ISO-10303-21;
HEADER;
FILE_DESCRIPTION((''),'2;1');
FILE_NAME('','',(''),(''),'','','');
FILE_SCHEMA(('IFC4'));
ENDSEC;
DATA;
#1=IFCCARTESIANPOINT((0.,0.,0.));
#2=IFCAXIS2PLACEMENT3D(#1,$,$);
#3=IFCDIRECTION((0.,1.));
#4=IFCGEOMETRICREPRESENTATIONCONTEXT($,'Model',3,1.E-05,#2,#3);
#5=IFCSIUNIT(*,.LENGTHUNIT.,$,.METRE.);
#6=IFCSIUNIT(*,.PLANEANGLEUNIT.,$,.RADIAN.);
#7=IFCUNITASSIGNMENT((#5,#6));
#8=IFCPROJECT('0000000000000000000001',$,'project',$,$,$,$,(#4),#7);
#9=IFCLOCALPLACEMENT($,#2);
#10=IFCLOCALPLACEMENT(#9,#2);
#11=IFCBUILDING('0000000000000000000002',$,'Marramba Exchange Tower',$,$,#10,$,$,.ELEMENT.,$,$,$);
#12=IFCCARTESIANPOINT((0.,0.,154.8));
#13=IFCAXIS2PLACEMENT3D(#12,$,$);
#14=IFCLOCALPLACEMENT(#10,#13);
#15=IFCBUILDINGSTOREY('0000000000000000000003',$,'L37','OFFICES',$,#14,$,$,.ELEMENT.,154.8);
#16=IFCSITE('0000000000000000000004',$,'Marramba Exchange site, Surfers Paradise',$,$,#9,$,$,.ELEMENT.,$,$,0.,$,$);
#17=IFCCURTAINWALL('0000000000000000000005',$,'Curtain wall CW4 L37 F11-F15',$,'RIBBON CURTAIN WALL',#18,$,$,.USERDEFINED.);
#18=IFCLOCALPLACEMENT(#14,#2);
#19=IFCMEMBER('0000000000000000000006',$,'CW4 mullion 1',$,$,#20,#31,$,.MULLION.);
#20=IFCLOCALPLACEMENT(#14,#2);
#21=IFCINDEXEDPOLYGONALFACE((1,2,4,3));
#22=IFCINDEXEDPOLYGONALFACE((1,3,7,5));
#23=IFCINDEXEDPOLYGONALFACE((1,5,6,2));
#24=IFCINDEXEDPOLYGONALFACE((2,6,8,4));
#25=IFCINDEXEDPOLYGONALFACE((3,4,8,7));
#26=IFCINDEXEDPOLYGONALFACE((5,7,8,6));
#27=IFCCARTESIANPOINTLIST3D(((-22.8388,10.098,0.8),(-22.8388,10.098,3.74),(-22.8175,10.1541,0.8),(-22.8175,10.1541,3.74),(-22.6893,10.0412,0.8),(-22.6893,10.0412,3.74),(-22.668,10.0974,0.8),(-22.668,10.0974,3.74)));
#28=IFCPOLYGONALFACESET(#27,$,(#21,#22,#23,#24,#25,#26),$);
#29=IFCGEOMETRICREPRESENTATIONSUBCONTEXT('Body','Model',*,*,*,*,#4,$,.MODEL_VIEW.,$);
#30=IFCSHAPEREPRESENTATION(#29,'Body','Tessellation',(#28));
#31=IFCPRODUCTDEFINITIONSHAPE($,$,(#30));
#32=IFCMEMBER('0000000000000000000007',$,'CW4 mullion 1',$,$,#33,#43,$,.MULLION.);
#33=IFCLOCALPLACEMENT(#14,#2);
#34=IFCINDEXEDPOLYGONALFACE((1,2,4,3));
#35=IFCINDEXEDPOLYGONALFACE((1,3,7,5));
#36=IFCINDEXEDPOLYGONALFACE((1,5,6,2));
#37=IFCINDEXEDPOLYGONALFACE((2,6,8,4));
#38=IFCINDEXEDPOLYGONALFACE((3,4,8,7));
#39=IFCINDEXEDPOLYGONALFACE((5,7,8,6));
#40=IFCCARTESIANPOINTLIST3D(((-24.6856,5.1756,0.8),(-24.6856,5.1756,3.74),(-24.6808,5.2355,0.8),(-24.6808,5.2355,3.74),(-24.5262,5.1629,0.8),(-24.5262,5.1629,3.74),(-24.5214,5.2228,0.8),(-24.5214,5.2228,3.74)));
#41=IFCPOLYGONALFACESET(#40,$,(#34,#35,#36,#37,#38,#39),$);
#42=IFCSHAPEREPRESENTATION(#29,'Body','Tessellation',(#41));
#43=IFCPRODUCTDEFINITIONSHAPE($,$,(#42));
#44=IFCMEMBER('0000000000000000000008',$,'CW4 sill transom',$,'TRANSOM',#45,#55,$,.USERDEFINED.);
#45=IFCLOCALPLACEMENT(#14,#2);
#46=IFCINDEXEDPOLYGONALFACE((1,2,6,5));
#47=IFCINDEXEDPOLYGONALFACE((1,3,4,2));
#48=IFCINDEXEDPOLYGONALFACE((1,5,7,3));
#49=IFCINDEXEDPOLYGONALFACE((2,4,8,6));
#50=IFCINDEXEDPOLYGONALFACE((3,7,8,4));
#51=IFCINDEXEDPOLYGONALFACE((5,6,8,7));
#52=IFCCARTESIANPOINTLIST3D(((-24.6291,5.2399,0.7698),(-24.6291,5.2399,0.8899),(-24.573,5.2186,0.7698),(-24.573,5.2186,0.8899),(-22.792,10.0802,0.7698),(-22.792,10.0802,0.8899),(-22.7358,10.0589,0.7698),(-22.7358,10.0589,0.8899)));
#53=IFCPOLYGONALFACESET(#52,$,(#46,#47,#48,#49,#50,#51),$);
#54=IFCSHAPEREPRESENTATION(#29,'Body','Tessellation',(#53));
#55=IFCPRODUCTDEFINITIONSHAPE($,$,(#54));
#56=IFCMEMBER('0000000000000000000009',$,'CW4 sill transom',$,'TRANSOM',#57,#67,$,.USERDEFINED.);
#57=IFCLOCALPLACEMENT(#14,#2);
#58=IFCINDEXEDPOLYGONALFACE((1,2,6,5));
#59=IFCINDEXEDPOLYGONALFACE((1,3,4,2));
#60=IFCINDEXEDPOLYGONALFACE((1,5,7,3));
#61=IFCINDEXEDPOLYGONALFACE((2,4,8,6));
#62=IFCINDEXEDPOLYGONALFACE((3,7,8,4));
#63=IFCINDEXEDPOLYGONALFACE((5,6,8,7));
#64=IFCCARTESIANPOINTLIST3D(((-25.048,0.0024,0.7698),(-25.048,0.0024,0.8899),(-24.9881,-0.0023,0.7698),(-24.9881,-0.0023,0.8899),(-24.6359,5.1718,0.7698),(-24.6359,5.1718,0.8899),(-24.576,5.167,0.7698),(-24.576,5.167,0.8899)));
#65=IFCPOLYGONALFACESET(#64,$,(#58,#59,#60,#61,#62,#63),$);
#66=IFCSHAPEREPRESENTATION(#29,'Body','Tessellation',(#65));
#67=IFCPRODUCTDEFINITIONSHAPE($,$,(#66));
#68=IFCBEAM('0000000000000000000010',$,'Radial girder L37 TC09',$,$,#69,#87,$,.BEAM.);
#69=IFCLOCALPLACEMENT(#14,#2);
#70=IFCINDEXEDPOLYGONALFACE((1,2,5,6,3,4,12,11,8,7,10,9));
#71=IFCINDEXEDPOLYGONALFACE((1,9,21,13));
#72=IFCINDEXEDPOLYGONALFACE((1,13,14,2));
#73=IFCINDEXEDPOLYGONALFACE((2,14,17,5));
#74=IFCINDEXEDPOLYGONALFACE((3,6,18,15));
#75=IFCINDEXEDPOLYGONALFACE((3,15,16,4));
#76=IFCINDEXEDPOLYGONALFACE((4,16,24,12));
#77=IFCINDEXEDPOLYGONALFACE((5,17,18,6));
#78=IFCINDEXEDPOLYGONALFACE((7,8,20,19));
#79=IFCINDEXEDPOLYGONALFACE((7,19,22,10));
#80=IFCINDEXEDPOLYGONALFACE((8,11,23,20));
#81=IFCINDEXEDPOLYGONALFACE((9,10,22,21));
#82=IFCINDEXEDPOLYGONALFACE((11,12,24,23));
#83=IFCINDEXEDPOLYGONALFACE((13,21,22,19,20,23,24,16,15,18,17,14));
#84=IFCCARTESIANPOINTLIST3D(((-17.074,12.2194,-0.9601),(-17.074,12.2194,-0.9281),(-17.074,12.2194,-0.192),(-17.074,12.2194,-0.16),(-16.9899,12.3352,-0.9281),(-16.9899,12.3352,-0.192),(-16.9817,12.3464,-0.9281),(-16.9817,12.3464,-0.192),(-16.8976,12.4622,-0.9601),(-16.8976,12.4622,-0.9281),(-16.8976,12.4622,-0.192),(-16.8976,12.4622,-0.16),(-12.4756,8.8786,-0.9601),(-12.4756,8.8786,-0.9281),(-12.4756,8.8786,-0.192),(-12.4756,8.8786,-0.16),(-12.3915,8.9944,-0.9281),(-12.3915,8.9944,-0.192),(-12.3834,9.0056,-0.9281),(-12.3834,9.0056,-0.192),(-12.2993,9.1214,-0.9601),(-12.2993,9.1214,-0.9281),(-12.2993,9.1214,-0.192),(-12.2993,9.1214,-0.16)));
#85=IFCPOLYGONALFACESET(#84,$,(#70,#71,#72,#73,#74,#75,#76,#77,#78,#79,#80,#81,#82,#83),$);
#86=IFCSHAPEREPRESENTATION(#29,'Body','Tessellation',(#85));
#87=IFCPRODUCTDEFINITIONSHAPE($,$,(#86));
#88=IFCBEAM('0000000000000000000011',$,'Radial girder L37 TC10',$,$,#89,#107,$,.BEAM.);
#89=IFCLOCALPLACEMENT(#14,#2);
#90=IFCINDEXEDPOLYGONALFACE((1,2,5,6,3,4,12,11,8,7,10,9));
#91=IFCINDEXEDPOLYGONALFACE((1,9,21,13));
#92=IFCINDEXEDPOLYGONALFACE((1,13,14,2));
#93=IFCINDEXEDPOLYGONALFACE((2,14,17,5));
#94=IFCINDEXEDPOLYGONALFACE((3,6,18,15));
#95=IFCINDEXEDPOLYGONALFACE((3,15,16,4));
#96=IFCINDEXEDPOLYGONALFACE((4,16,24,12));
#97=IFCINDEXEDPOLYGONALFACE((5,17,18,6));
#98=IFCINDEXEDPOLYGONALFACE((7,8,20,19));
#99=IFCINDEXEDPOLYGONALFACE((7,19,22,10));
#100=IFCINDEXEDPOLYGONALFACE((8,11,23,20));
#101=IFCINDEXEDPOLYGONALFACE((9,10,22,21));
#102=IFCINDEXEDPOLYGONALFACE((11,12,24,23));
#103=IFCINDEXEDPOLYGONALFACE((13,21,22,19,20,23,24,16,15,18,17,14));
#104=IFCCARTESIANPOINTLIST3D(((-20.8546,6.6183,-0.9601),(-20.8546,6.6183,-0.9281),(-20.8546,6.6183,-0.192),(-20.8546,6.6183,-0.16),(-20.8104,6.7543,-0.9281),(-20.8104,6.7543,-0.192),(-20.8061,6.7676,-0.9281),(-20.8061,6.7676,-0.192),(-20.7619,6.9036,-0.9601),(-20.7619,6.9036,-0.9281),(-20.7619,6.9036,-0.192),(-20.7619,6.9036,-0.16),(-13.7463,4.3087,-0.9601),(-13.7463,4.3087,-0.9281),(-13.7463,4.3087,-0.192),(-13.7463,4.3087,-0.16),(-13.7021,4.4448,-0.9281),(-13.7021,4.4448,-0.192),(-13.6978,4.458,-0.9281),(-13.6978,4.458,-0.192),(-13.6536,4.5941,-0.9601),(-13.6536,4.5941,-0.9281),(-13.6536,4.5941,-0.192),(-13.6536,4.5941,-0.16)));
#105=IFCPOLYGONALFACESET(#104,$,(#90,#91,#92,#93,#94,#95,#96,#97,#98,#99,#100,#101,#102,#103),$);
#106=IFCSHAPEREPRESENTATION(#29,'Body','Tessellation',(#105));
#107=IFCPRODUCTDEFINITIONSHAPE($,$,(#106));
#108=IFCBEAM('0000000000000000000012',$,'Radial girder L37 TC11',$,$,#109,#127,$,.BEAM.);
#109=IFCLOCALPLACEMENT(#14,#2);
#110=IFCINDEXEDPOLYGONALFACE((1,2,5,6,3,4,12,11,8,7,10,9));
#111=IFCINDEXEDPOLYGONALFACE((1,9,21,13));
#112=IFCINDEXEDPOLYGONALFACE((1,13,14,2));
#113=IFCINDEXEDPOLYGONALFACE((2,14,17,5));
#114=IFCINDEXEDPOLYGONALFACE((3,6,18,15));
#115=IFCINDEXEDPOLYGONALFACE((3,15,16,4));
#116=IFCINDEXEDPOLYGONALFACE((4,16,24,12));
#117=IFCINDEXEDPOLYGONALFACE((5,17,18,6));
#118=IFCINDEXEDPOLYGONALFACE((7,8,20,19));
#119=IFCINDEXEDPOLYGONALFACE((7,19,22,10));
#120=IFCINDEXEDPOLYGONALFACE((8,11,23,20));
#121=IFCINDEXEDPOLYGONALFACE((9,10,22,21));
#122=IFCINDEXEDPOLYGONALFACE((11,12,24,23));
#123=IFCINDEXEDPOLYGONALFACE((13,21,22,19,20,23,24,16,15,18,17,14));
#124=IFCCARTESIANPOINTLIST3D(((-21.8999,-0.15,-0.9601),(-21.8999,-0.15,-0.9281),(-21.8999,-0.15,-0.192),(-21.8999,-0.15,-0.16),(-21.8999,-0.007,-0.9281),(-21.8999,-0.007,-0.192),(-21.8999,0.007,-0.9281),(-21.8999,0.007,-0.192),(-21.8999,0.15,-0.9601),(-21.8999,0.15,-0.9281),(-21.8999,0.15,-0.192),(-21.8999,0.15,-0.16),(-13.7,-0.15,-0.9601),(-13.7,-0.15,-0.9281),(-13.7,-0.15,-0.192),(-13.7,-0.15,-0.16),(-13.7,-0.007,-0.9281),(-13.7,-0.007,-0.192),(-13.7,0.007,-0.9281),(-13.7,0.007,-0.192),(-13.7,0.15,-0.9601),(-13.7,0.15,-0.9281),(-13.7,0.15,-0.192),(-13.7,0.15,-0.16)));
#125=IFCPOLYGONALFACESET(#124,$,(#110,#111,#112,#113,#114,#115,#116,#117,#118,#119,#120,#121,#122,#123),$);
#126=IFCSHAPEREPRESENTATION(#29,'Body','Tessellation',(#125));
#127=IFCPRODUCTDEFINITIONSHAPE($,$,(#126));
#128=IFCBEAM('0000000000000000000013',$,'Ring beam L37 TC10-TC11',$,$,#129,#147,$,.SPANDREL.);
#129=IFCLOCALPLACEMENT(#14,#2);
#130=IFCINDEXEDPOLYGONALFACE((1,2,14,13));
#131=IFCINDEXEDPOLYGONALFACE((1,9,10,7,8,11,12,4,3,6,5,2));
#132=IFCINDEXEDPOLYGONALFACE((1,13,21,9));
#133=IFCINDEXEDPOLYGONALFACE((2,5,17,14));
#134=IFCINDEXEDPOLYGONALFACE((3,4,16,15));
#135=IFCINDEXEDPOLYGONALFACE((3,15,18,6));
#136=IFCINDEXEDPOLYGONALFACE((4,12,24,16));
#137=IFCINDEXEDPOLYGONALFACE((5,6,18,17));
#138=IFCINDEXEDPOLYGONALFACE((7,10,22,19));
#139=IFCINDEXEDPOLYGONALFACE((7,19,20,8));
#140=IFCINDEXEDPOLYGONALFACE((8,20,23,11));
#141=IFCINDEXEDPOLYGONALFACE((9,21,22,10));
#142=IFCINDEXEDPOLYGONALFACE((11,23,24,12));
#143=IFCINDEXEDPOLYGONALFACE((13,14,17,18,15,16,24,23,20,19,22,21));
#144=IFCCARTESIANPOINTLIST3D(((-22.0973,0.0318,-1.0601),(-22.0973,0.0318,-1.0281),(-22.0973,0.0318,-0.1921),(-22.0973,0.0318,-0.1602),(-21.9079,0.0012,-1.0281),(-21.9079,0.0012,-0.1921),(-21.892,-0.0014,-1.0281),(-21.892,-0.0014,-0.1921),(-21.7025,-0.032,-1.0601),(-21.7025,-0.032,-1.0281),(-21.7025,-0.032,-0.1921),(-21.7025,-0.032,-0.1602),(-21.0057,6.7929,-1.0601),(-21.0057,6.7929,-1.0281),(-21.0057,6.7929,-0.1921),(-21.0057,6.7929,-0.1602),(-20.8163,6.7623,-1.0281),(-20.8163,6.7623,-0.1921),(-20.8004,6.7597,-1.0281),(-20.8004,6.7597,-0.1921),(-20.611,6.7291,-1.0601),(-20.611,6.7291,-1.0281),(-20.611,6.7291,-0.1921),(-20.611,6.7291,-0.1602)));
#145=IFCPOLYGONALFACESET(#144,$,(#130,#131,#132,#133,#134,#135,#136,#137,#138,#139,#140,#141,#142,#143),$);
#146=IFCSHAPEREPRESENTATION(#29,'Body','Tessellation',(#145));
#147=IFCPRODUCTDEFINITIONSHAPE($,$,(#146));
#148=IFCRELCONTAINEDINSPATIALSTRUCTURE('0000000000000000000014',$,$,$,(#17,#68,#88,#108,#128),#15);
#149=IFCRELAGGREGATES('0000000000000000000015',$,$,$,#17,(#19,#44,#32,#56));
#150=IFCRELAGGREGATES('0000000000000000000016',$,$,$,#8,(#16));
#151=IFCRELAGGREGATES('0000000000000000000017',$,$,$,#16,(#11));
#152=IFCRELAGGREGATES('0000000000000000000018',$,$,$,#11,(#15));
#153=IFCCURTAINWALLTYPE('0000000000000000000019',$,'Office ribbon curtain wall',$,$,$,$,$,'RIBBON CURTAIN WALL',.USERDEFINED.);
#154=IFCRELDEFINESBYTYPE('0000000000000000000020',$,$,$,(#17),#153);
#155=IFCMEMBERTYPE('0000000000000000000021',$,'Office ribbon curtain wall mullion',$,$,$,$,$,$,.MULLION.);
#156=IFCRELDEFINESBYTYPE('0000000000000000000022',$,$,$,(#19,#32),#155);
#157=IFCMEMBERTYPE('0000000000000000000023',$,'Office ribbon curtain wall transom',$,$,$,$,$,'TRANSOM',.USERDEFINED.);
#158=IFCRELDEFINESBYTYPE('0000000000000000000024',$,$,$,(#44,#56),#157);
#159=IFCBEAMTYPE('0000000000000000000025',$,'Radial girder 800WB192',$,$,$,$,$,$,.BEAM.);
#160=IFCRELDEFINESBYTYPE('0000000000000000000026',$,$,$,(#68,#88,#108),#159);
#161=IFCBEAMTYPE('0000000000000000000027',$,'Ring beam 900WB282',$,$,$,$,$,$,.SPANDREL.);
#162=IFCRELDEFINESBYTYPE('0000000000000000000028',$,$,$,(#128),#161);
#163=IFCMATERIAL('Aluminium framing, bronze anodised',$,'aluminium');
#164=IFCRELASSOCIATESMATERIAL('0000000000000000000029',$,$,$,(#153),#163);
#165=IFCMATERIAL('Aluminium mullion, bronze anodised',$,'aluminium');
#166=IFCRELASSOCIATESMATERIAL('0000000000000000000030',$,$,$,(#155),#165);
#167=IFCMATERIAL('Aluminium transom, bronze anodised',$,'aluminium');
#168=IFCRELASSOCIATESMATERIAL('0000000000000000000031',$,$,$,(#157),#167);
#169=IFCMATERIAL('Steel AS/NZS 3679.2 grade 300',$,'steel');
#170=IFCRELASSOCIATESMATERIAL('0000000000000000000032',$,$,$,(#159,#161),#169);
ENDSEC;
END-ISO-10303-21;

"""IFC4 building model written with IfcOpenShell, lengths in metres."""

from ifc_helpers import new_model, si_unit, direction, frame, origin, origin_2d, place, context, subcontext, project, spatial, rectangle, i_section, extrude, material, material_profile, profile_set, type_object, element, aggregate, save


model = new_model("IFC4")

# Units and contexts
model_context = context("Model", 3, precision=1e-05, world=origin(), true_north=direction((0.0, 1.0)))
body_context = subcontext(model_context, "Body", "Model", "MODEL_VIEW")
ifc_project = project(units=[si_unit("LENGTHUNIT", "METRE"), si_unit("PLANEANGLEUNIT", "RADIAN")], contexts=[model_context])

# Site, building, storey
site_placement = place(None, origin())
site = spatial("IfcSite", under=ifc_project, at=site_placement, Name="Marramba Exchange site, Surfers Paradise", CompositionType="ELEMENT", RefElevation=0.0)
building_placement = place(site_placement, origin())
building = spatial("IfcBuilding", under=site, at=building_placement, Name="Marramba Exchange Tower", CompositionType="ELEMENT")
storey_placement = place(building_placement, frame((0.0, 0.0, 154.8)))
storey = spatial("IfcBuildingStorey", under=building, at=storey_placement, Name="L37", Description="OFFICES", CompositionType="ELEMENT", Elevation=154.8)

# Shared definitions
ifc_material_1 = material(Name="Steel AS/NZS 3679.2 grade 300", Category="steel")

# Curtain wall, members
ifc_material_2 = material(Name="Aluminium framing, bronze anodised", Category="aluminium")
curtain_wall_type = type_object("IfcCurtainWallType", Name="Office ribbon curtain wall", ElementType="RIBBON CURTAIN WALL", PredefinedType="USERDEFINED", material=ifc_material_2)
curtain_wall_placement = place(storey_placement, origin())
curtain_wall = element("IfcCurtainWall", 1, at=curtain_wall_placement, inside=storey, type_object=curtain_wall_type, Name="Curtain wall CW4 L37 F11-F15", ObjectType="RIBBON CURTAIN WALL", PredefinedType="USERDEFINED")
ifc_material_3 = material(Name="Aluminium mullion, bronze anodised", Category="aluminium")
ifc_material_profile_1 = material_profile(ifc_material_3, rectangle(XDim=0.1599, YDim=0.0601, at=origin_2d()), Name="CW4 mullion 60x160")
ifc_profile_set_1 = profile_set([ifc_material_profile_1], Name="Aluminium mullion, bronze anodised")
member_type_1 = type_object("IfcMemberType", Name="Office ribbon curtain wall mullion", PredefinedType="MULLION", material=ifc_profile_set_1)
member_1_placement = place(storey_placement, frame((-22.7534, 10.0977, 0.8), z_axis=(0.0, 0.0, 1.0), x_axis=(0.934925, -0.354844, 0.0)))
member_1 = element("IfcMember", 2, at=member_1_placement, type_object=member_type_1, Name="CW4 mullion 1", PredefinedType="MULLION", context=body_context, shape_type="SweptSolid", body=[
    extrude(rectangle(XDim=0.1599, YDim=0.0601, at=origin_2d()), origin(), (0.0, 0.0, 1.0), 2.9399),
])
member_2_placement = place(storey_placement, frame((-24.6035, 5.1992, 0.8), z_axis=(0.0, 0.0, 1.0), x_axis=(0.996838, -0.07946, 0.0)))
member_2 = element("IfcMember", 3, at=member_2_placement, type_object=member_type_1, Name="CW4 mullion 1", PredefinedType="MULLION", context=body_context, shape_type="SweptSolid", body=[
    extrude(rectangle(XDim=0.1599, YDim=0.0601, at=origin_2d()), origin(), (0.0, 0.0, 1.0), 2.9399),
])
ifc_material_4 = material(Name="Aluminium transom, bronze anodised", Category="aluminium")
ifc_material_profile_2 = material_profile(ifc_material_4, rectangle(XDim=0.0601, YDim=0.1201, at=origin_2d()), Name="CW4 transom 60x120")
ifc_profile_set_2 = profile_set([ifc_material_profile_2], Name="Aluminium transom, bronze anodised")
member_type_2 = type_object("IfcMemberType", Name="Office ribbon curtain wall transom", ElementType="TRANSOM", PredefinedType="USERDEFINED", material=ifc_profile_set_2)
member_3_placement = place(storey_placement, frame((-22.7639, 10.0696, 0.8298), z_axis=(-0.354852, -0.934923, 0.0), x_axis=(0.934923, -0.354852, 0.0)))
member_3 = element("IfcMember", 4, at=member_3_placement, type_object=member_type_2, Name="CW4 sill transom", ObjectType="TRANSOM", PredefinedType="USERDEFINED", context=body_context, shape_type="SweptSolid", body=[
    extrude(rectangle(XDim=0.0601, YDim=0.1201, at=origin_2d()), origin(), (0.0, 0.0, 1.0), 5.1772),
])
member_4_placement = place(storey_placement, frame((-24.606, 5.1694, 0.8298), z_axis=(-0.079468, -0.996837, 0.0), x_axis=(0.996837, -0.079468, 0.0)))
member_4 = element("IfcMember", 5, at=member_4_placement, type_object=member_type_2, Name="CW4 sill transom", ObjectType="TRANSOM", PredefinedType="USERDEFINED", context=body_context, shape_type="SweptSolid", body=[
    extrude(rectangle(XDim=0.0601, YDim=0.1201, at=origin_2d()), origin(), (0.0, 0.0, 1.0), 5.1858),
])

# Beams
ifc_material_profile_3 = material_profile(ifc_material_1, i_section(OverallWidth=0.3, OverallDepth=0.8, WebThickness=0.0139, FlangeThickness=0.032, at=origin_2d()), Name="800WB192")
ifc_profile_set_3 = profile_set([ifc_material_profile_3], Name="Steel AS/NZS 3679.2 grade 300")
beam_type_1 = type_object("IfcBeamType", Name="Radial girder 800WB192", PredefinedType="BEAM", material=ifc_profile_set_3)
beam_1_placement = place(storey_placement, frame((-12.3875, 9.0, -0.5601), z_axis=(-0.809026, 0.587773, 0.0), x_axis=(-0.587773, -0.809026, 0.0)))
element("IfcBeam", 6, at=beam_1_placement, inside=storey, type_object=beam_type_1, Name="Radial girder L37 TC09", PredefinedType="BEAM", context=body_context, shape_type="SweptSolid", body=[
    extrude(i_section(OverallWidth=0.3, OverallDepth=0.8, WebThickness=0.0139, FlangeThickness=0.032, at=origin_2d()), origin(), (0.0, 0.0, 1.0), 5.6838),
])
beam_2_placement = place(storey_placement, frame((-13.7, 4.4514, -0.5601), z_axis=(-0.95106, 0.309006, 0.0), x_axis=(-0.309006, -0.95106, 0.0)))
element("IfcBeam", 7, at=beam_2_placement, inside=storey, type_object=beam_type_1, Name="Radial girder L37 TC10", PredefinedType="BEAM", context=body_context, shape_type="SweptSolid", body=[
    extrude(i_section(OverallWidth=0.3, OverallDepth=0.8, WebThickness=0.0139, FlangeThickness=0.032, at=origin_2d()), origin(), (0.0, 0.0, 1.0), 7.4741),
])
beam_3_placement = place(storey_placement, frame((-13.7, 0.0, -0.5601), z_axis=(-1.0, 0.0, 0.0), x_axis=(0.0, -1.0, 0.0)))
element("IfcBeam", 8, at=beam_3_placement, inside=storey, type_object=beam_type_1, Name="Radial girder L37 TC11", PredefinedType="BEAM", context=body_context, shape_type="SweptSolid", body=[
    extrude(i_section(OverallWidth=0.3, OverallDepth=0.8, WebThickness=0.0139, FlangeThickness=0.032, at=origin_2d()), origin(), (0.0, 0.0, 1.0), 8.2),
])
ifc_material_profile_4 = material_profile(ifc_material_1, i_section(OverallWidth=0.3999, OverallDepth=0.8999, WebThickness=0.0161, FlangeThickness=0.032, at=origin_2d()), Name="900WB282")
ifc_profile_set_4 = profile_set([ifc_material_profile_4], Name="Steel AS/NZS 3679.2 grade 300")
beam_type_2 = type_object("IfcBeamType", Name="Ring beam 900WB282", PredefinedType="SPANDREL", material=ifc_profile_set_4)
beam_4_placement = place(storey_placement, frame((-20.8083, 6.761, -0.6101), z_axis=(-0.159385, -0.987217, 0.0), x_axis=(0.987217, -0.159385, 0.0)))
element("IfcBeam", 9, at=beam_4_placement, inside=storey, type_object=beam_type_2, Name="Ring beam L37 TC10-TC11", PredefinedType="SPANDREL", context=body_context, shape_type="SweptSolid", body=[
    extrude(i_section(OverallWidth=0.3999, OverallDepth=0.8999, WebThickness=0.0161, FlangeThickness=0.032, at=origin_2d()), origin(), (0.0, 0.0, 1.0), 6.8486),
])

aggregate(curtain_wall, [member_1, member_3, member_2, member_4])

save(model, "model.ifc")
